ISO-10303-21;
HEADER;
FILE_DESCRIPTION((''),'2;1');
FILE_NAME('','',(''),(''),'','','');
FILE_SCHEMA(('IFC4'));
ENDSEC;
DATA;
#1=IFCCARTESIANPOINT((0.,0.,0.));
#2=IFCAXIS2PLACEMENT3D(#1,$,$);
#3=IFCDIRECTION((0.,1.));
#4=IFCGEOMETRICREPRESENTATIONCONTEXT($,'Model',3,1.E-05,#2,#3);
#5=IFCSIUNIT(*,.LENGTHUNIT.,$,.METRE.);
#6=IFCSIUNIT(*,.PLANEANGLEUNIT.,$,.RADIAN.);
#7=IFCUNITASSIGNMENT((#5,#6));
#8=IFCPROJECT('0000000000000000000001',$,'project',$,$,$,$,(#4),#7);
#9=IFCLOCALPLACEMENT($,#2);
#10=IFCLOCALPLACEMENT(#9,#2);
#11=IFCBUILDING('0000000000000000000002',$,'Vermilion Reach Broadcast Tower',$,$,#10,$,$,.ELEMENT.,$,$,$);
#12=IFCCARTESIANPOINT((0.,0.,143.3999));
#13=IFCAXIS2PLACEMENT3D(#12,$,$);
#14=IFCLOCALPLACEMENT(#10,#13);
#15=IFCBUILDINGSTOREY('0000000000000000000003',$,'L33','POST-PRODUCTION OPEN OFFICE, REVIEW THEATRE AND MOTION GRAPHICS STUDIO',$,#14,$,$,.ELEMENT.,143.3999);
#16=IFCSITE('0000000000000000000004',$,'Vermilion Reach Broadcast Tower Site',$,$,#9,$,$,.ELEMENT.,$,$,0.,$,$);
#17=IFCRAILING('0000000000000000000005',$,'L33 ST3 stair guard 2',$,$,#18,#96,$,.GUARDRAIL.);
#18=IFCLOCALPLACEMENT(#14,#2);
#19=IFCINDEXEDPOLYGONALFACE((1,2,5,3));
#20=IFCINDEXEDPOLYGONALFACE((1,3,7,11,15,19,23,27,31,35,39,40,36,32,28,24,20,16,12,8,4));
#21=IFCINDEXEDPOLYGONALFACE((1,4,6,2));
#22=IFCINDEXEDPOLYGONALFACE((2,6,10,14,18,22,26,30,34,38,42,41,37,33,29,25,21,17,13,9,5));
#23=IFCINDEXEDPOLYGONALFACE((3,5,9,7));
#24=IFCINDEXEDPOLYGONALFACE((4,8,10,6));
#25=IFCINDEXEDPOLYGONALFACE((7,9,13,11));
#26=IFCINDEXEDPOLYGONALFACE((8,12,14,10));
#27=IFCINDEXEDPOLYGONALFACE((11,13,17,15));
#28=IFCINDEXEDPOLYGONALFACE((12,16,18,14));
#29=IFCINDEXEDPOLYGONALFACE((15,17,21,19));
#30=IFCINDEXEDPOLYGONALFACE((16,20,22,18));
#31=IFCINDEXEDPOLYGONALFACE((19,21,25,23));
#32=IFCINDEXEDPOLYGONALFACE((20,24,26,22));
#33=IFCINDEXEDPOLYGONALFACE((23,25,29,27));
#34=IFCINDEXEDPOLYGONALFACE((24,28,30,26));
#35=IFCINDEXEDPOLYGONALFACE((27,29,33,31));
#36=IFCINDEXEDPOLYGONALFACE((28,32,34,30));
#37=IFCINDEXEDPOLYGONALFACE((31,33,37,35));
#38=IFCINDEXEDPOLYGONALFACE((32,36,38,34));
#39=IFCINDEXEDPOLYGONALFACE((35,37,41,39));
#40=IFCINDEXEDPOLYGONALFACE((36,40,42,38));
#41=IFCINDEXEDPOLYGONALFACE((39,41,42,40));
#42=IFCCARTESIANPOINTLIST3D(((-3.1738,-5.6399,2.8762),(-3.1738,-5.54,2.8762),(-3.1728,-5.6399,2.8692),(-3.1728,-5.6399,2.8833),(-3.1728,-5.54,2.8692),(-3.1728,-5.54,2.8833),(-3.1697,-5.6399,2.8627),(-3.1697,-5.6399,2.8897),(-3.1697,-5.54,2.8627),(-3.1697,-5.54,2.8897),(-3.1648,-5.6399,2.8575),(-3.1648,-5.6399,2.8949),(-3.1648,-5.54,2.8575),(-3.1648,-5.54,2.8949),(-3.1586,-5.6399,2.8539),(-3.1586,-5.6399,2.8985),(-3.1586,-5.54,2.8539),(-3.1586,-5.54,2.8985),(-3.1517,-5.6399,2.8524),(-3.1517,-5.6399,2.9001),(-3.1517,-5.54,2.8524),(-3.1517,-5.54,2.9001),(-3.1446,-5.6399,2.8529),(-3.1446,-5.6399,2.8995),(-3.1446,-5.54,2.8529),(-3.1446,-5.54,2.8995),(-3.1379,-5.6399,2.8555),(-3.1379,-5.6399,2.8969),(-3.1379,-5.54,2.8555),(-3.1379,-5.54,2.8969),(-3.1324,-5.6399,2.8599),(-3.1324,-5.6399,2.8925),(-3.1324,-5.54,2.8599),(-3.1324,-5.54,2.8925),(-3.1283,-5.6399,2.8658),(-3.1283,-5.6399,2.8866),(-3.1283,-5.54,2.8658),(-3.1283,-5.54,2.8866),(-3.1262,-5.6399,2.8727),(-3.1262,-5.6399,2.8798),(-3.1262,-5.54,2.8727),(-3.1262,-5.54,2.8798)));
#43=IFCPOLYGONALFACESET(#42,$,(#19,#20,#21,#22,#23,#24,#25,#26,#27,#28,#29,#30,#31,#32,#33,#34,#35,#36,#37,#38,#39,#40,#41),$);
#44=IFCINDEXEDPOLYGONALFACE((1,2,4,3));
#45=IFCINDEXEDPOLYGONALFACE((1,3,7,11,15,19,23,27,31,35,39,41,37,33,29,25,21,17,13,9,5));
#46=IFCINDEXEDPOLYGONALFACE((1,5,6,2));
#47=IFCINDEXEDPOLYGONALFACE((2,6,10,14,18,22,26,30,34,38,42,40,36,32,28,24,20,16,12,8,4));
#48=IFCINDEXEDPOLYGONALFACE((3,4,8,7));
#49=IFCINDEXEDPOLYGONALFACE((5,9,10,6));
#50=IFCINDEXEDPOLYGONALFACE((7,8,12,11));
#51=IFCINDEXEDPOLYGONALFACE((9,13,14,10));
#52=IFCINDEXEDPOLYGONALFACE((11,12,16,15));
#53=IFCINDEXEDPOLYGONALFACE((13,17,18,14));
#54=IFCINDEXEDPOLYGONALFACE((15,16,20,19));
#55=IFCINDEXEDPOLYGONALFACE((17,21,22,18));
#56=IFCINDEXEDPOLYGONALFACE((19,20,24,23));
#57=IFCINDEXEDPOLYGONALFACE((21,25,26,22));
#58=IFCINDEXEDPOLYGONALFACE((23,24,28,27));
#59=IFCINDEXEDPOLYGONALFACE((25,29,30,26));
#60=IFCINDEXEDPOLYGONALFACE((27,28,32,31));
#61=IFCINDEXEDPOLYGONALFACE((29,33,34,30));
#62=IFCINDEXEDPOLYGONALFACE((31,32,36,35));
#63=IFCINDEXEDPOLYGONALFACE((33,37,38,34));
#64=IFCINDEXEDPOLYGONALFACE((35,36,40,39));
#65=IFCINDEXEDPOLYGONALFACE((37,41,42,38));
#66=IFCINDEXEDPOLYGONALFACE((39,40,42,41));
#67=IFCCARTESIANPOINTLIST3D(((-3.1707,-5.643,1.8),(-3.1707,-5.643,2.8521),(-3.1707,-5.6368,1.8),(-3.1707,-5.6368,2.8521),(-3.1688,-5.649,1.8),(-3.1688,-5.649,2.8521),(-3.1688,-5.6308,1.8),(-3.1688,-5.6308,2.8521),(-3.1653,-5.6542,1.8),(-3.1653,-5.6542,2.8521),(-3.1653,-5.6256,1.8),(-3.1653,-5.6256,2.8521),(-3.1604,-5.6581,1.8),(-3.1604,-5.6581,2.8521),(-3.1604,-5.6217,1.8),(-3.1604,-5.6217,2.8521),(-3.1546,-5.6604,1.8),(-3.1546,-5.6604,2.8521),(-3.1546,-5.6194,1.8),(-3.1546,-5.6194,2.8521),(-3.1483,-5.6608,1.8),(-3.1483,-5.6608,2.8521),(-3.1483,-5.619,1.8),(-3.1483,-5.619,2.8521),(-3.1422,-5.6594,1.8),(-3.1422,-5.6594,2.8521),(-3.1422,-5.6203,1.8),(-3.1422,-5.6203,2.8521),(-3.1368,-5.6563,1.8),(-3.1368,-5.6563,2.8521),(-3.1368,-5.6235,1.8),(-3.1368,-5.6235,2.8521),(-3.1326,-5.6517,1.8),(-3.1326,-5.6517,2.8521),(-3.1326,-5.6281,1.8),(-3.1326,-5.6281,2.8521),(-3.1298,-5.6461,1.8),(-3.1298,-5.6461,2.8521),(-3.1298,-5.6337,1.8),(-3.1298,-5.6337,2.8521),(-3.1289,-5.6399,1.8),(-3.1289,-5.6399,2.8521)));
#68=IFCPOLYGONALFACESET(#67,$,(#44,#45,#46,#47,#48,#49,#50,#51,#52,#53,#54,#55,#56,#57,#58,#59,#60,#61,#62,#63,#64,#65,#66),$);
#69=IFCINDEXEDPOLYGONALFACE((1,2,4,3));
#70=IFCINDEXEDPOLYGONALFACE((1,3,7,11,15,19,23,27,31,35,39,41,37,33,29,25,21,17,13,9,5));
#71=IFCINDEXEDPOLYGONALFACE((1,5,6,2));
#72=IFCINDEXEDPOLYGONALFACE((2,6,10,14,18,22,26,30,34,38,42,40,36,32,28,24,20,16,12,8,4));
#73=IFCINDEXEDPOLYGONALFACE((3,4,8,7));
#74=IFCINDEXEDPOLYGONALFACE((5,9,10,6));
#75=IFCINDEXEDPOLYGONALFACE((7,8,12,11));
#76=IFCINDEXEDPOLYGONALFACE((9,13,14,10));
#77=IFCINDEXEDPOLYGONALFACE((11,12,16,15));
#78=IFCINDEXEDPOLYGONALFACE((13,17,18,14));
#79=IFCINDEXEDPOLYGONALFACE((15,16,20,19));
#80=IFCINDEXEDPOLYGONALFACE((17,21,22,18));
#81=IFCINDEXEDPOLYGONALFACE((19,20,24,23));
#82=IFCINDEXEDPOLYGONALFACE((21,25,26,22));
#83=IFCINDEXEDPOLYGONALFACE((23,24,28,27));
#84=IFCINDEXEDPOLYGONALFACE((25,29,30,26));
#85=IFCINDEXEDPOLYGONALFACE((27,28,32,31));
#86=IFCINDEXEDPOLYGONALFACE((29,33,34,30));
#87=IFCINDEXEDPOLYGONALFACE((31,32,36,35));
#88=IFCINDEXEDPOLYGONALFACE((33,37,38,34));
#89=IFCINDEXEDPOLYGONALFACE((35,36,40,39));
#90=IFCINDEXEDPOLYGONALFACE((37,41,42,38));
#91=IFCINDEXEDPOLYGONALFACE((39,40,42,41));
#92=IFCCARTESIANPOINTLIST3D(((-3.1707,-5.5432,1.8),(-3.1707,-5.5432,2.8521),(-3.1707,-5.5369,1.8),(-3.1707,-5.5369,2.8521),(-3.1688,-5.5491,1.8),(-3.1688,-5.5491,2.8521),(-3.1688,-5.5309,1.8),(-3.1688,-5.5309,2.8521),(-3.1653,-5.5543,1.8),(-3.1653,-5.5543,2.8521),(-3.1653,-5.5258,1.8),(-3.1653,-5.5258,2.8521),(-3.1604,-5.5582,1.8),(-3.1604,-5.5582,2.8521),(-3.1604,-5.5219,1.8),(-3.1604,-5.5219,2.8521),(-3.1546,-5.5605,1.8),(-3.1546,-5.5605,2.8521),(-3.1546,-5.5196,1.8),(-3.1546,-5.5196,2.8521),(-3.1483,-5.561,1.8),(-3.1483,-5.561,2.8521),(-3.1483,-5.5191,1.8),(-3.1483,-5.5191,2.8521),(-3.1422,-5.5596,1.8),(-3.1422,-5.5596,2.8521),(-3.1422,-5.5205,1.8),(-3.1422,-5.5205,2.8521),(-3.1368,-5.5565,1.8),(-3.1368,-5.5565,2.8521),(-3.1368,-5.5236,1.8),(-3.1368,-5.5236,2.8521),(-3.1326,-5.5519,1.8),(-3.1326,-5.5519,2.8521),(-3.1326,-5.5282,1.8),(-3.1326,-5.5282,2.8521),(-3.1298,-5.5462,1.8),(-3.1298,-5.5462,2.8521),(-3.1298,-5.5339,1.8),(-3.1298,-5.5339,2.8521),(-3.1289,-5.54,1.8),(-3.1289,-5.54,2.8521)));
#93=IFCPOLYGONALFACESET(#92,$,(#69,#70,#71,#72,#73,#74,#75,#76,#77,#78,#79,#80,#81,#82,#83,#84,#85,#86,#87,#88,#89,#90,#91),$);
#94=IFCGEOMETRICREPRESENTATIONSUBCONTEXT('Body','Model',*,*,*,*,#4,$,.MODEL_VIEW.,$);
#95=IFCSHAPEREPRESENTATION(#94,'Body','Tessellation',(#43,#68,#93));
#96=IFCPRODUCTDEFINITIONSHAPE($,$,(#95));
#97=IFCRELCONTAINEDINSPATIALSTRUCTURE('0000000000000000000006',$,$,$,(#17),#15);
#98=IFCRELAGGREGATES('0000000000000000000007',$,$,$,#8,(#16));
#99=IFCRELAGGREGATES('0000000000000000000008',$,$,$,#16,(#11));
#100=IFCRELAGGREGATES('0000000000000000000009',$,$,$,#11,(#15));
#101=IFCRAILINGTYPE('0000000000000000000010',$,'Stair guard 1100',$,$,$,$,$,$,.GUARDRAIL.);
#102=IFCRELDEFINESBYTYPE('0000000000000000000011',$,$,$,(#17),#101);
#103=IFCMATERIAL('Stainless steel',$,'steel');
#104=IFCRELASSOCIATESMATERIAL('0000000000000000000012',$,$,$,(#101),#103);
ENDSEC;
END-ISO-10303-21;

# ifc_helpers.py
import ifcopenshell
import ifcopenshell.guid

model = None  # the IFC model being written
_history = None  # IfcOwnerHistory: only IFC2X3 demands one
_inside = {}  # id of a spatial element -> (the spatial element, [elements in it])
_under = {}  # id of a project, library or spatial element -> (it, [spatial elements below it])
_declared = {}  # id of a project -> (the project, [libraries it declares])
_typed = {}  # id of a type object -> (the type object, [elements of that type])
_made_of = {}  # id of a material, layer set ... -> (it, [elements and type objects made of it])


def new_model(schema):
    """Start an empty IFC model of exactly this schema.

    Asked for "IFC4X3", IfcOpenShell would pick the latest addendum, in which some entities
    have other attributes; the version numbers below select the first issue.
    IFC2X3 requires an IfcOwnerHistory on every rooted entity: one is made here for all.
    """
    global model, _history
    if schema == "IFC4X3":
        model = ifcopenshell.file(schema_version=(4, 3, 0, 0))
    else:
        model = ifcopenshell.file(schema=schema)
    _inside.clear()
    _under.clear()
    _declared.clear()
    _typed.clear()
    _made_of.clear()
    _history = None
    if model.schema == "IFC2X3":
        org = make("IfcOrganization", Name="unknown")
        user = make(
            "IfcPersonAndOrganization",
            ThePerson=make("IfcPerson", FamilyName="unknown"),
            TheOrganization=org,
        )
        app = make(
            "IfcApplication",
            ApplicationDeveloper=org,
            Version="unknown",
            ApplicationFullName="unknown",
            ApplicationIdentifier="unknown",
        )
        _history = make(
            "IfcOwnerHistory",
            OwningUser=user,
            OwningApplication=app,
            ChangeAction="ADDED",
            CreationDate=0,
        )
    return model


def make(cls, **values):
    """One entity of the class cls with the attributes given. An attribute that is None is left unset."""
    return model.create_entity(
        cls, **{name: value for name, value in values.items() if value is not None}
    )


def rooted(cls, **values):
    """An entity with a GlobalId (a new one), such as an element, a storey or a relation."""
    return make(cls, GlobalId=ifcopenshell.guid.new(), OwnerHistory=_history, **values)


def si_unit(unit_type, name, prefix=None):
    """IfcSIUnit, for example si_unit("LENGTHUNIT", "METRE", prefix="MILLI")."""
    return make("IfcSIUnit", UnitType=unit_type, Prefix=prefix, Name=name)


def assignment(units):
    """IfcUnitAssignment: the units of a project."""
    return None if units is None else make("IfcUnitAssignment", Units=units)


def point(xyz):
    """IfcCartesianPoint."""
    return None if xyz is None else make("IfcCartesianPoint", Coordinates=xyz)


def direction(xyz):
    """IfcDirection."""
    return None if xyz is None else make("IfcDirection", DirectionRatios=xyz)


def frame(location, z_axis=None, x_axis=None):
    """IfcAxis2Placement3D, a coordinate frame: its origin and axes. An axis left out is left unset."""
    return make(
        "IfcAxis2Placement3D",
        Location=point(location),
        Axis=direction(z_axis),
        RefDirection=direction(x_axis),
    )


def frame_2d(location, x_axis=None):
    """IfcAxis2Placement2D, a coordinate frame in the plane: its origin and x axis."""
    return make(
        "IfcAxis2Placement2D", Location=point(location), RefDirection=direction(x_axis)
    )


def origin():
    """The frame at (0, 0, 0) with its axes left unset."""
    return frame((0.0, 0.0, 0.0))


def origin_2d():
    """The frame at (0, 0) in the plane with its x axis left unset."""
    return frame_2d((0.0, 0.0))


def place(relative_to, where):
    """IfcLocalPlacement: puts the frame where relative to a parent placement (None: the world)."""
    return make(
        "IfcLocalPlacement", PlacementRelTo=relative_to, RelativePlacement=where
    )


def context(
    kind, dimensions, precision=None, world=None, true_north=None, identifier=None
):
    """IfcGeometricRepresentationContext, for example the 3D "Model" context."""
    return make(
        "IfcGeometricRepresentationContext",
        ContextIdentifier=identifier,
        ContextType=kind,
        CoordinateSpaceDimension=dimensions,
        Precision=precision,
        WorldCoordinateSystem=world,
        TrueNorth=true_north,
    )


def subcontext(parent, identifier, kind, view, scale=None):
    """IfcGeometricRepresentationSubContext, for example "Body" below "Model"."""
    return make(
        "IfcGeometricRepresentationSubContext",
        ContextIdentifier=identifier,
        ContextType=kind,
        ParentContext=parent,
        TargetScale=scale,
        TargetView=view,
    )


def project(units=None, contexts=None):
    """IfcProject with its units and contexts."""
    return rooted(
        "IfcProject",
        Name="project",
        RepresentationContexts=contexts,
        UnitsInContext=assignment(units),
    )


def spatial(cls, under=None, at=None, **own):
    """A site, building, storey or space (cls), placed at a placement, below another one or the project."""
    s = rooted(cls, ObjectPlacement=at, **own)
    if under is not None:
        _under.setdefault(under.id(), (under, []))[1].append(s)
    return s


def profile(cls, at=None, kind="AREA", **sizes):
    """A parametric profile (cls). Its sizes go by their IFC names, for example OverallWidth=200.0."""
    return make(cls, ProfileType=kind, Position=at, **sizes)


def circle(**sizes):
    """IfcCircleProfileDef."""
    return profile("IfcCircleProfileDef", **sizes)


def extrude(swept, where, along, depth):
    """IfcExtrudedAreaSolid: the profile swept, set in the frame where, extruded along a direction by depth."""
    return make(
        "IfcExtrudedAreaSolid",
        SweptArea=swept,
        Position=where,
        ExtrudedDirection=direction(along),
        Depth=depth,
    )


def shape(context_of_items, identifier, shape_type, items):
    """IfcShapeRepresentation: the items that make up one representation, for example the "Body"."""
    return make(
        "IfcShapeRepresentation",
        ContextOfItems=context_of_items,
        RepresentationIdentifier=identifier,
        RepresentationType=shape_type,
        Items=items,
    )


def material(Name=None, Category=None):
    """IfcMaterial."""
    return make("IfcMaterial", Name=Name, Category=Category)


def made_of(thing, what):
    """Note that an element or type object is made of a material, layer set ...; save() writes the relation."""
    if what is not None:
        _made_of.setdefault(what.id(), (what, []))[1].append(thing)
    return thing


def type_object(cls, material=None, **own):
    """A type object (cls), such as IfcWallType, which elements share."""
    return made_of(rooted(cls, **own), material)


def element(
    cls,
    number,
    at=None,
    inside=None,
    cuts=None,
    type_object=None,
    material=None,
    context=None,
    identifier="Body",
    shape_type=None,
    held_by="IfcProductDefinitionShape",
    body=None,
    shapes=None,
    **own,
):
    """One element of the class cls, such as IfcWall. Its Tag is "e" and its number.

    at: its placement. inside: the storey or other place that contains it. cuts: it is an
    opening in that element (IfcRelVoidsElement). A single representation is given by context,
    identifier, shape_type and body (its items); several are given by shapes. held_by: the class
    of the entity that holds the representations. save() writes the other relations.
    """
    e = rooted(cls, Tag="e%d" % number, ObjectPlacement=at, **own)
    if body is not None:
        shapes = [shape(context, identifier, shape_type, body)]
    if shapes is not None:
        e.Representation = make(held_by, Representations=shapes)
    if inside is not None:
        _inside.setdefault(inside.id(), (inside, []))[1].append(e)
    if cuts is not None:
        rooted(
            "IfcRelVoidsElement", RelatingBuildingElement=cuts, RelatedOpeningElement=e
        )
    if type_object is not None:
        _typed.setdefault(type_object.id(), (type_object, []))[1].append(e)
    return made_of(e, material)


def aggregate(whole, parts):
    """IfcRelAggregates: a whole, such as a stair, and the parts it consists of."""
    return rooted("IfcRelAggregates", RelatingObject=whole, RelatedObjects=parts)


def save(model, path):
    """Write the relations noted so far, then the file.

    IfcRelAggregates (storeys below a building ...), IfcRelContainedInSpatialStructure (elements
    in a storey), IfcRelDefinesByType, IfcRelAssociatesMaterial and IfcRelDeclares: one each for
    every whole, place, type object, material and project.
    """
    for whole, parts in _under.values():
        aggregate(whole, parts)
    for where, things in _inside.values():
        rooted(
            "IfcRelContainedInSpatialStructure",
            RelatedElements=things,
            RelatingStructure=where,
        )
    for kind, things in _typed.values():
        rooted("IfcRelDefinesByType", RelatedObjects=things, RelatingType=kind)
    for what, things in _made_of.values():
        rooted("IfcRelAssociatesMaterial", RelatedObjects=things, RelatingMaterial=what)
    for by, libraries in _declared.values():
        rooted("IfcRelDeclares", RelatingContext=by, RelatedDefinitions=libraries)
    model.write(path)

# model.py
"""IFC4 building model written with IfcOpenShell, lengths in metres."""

from ifc_helpers import new_model, si_unit, direction, frame, origin, origin_2d, place, context, subcontext, project, spatial, circle, extrude, material, type_object, element, save


model = new_model("IFC4")

# Units and contexts
model_context = context("Model", 3, precision=1e-05, world=origin(), true_north=direction((0.0, 1.0)))
body_context = subcontext(model_context, "Body", "Model", "MODEL_VIEW")
ifc_project = project(units=[si_unit("LENGTHUNIT", "METRE"), si_unit("PLANEANGLEUNIT", "RADIAN")], contexts=[model_context])

# Site, building, storey
site_placement = place(None, origin())
site = spatial("IfcSite", under=ifc_project, at=site_placement, Name="Vermilion Reach Broadcast Tower Site", CompositionType="ELEMENT", RefElevation=0.0)
building_placement = place(site_placement, origin())
building = spatial("IfcBuilding", under=site, at=building_placement, Name="Vermilion Reach Broadcast Tower", CompositionType="ELEMENT")
storey_placement = place(building_placement, frame((0.0, 0.0, 143.3999)))
storey = spatial("IfcBuildingStorey", under=building, at=storey_placement, Name="L33", Description="POST-PRODUCTION OPEN OFFICE, REVIEW THEATRE AND MOTION GRAPHICS STUDIO", CompositionType="ELEMENT", Elevation=143.3999)

# Railing
ifc_material_1 = material(Name="Stainless steel", Category="steel")
railing_type_1 = type_object("IfcRailingType", Name="Stair guard 1100", PredefinedType="GUARDRAIL", material=ifc_material_1)
railing_1_placement = place(storey_placement, frame((-3.1499, -5.6399, 1.8)))
element("IfcRailing", 1, at=railing_1_placement, inside=storey, type_object=railing_type_1, Name="L33 ST3 stair guard 2", PredefinedType="GUARDRAIL", context=body_context, shape_type="SweptSolid", body=[
    extrude(circle(Radius=0.0239, at=origin_2d()), frame((0.0, 0.0, 1.0762), z_axis=(0.0, 1.0, 0.0), x_axis=(-1.0, 0.0, 0.0)), (0.0, 0.0, 1.0), 0.0999),
    extrude(circle(Radius=0.021, at=origin_2d()), origin(), (0.0, 0.0, 1.0), 1.052),
    extrude(circle(Radius=0.021, at=origin_2d()), frame((0.0, 0.0999, 0.0)), (0.0, 0.0, 1.0), 1.052),
])

save(model, "model.ifc")
